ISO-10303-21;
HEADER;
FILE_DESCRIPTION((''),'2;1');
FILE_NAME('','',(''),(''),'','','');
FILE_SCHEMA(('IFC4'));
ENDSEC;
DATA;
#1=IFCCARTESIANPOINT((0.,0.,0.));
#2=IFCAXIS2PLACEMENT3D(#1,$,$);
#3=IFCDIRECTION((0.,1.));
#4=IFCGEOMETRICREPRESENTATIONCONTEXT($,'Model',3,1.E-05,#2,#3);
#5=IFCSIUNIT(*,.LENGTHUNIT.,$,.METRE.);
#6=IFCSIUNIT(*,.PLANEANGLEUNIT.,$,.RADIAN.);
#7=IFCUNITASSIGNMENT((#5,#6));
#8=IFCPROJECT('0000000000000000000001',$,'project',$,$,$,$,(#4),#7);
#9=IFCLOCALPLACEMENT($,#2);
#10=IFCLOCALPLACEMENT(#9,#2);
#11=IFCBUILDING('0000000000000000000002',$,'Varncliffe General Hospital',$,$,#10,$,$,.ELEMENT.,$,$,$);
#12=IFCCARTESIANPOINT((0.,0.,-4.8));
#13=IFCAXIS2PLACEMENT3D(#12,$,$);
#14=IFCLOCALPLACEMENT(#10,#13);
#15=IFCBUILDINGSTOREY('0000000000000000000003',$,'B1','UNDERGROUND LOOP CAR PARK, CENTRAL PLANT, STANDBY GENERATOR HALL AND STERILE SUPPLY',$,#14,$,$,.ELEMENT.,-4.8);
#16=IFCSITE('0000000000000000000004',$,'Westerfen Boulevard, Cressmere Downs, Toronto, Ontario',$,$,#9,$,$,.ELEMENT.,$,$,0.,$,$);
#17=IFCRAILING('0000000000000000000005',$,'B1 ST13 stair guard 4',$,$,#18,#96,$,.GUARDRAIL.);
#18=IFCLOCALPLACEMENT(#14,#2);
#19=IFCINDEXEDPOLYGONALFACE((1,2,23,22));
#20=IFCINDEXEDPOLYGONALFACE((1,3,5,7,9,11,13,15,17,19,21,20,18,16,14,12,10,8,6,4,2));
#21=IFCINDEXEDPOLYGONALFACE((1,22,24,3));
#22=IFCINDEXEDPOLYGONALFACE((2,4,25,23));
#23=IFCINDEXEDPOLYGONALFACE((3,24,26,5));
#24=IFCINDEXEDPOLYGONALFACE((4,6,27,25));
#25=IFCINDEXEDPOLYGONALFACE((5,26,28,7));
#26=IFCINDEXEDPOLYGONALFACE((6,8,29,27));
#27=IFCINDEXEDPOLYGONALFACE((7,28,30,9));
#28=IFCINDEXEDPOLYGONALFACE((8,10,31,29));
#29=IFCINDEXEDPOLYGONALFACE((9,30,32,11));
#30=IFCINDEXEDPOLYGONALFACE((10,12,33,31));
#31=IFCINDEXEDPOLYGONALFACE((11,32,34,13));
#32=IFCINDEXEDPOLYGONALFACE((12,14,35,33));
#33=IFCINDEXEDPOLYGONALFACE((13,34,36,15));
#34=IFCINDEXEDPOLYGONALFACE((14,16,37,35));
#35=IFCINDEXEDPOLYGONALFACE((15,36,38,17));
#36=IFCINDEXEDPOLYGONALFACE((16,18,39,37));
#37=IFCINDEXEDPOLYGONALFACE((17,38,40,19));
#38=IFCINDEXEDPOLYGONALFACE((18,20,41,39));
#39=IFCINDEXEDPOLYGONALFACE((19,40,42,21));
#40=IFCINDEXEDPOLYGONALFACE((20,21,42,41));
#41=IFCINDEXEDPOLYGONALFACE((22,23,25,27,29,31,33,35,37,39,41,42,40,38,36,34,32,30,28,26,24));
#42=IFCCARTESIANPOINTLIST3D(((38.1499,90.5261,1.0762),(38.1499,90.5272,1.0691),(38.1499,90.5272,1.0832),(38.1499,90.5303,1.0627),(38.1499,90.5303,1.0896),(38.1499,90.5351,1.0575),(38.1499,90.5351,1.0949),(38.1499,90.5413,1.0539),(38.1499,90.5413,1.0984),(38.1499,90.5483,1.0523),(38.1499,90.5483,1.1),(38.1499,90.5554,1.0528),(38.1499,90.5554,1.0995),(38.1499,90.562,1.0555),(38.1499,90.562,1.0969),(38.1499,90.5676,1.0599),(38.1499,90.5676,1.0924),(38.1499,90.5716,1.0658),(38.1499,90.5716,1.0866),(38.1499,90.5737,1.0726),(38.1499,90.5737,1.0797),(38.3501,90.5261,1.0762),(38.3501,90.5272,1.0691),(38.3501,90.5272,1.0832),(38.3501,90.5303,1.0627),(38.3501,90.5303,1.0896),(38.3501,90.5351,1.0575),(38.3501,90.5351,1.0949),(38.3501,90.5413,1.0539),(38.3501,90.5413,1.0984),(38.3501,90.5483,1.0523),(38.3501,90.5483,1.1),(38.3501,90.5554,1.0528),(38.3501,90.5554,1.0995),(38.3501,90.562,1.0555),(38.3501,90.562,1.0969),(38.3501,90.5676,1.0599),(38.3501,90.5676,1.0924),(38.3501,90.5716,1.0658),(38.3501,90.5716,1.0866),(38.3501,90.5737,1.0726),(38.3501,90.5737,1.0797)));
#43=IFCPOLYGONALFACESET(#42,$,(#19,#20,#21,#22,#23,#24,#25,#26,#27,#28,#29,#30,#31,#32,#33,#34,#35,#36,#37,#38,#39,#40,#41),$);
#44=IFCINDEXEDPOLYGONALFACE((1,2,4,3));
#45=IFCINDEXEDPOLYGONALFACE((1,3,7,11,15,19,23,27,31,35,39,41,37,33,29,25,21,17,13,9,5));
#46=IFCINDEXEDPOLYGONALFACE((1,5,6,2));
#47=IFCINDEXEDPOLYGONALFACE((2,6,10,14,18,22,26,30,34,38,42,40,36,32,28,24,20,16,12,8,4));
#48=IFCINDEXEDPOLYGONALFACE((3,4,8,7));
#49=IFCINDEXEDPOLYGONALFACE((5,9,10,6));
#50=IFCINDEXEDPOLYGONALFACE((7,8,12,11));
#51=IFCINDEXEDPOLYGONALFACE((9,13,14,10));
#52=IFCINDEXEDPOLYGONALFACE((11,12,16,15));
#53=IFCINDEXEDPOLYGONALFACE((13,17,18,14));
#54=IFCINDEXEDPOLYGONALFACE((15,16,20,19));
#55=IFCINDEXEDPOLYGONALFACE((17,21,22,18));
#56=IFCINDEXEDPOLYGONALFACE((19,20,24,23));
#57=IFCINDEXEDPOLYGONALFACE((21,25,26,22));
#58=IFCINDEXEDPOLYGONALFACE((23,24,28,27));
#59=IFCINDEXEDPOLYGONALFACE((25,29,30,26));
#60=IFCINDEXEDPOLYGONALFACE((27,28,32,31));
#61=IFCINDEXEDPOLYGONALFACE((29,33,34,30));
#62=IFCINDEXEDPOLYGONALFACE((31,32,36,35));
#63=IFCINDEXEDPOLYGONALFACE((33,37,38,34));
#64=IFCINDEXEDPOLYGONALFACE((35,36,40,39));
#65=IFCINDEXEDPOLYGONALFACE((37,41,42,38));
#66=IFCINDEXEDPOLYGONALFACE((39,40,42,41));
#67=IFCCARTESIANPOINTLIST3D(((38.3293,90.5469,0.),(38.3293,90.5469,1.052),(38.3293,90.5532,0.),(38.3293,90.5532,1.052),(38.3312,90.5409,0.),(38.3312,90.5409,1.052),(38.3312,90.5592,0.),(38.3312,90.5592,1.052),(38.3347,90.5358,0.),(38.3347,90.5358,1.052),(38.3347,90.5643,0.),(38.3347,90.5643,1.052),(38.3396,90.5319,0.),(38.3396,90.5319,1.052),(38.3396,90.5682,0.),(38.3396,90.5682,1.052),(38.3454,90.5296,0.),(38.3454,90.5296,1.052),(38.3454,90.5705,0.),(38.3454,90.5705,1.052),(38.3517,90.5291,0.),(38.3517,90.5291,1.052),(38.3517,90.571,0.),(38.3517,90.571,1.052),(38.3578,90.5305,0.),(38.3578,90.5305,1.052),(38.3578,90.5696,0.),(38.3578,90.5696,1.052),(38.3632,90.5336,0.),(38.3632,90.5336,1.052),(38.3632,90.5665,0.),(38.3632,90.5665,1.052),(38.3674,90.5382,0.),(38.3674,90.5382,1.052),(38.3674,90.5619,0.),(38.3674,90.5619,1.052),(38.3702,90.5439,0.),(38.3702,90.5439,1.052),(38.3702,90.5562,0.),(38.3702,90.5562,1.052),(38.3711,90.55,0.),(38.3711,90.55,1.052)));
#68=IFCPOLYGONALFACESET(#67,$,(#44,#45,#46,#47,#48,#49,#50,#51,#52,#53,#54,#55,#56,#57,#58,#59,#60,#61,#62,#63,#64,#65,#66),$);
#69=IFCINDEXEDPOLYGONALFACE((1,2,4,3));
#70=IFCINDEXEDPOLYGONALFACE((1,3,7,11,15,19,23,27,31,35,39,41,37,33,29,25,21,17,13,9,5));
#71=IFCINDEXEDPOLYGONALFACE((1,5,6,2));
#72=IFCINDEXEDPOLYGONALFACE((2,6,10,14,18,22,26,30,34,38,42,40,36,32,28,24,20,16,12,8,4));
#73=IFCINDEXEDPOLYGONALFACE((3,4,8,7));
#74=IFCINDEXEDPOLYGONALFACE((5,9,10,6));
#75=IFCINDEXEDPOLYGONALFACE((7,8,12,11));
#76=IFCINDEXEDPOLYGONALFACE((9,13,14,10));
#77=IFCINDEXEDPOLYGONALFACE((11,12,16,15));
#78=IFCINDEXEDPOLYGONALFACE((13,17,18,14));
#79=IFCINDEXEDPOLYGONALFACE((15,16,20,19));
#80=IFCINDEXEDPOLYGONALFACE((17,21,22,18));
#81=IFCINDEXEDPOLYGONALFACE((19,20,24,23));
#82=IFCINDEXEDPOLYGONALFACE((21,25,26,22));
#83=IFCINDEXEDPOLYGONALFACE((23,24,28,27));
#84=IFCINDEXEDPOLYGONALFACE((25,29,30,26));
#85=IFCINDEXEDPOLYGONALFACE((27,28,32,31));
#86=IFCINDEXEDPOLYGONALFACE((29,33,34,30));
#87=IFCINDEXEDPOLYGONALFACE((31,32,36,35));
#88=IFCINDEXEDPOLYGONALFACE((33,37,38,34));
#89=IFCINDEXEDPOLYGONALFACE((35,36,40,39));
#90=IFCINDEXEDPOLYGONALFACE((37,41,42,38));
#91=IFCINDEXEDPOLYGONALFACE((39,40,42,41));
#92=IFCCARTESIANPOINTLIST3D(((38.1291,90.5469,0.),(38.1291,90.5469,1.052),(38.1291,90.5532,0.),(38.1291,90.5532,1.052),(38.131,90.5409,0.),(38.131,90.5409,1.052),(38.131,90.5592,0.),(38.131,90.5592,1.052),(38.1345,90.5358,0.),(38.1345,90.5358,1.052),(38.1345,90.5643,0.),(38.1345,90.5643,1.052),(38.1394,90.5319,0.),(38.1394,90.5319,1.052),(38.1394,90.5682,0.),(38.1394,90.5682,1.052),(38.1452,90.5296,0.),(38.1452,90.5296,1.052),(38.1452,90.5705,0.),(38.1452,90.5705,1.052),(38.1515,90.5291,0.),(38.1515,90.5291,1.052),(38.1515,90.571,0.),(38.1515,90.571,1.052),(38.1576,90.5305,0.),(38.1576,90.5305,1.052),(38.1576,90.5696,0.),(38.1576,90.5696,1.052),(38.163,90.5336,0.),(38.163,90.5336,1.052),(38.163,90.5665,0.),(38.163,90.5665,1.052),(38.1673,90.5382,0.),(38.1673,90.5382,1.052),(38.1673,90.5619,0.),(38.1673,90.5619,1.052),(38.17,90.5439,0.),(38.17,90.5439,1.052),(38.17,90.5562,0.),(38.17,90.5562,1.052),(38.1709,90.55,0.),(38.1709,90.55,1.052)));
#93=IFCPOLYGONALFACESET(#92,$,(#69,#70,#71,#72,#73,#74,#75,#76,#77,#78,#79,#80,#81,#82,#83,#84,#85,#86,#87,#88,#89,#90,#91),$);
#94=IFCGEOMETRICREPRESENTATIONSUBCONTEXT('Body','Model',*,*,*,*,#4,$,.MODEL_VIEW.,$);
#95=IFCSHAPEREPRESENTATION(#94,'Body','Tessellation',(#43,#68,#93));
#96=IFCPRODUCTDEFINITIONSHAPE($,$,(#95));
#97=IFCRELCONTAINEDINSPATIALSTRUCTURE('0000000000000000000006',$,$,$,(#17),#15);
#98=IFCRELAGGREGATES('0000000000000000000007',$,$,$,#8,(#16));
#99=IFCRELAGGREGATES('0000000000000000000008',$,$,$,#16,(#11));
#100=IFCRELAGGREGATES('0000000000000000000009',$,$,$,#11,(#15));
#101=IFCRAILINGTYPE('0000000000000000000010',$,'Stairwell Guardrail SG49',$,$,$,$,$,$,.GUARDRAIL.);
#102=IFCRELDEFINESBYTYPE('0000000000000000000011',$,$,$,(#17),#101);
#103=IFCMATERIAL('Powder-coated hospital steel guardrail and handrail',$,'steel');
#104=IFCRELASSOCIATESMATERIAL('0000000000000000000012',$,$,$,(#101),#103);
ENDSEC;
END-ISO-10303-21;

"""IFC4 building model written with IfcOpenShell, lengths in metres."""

from ifc_helpers import new_model, si_unit, direction, frame, origin, origin_2d, place, context, subcontext, project, spatial, circle, extrude, material, type_object, element, save


model = new_model("IFC4")

# Units and contexts
model_context = context("Model", 3, precision=1e-05, world=origin(), true_north=direction((0.0, 1.0)))
body_context = subcontext(model_context, "Body", "Model", "MODEL_VIEW")
ifc_project = project(units=[si_unit("LENGTHUNIT", "METRE"), si_unit("PLANEANGLEUNIT", "RADIAN")], contexts=[model_context])

# Site, building, storey
site_placement = place(None, origin())
site = spatial("IfcSite", under=ifc_project, at=site_placement, Name="Westerfen Boulevard, Cressmere Downs, Toronto, Ontario", CompositionType="ELEMENT", RefElevation=0.0)
building_placement = place(site_placement, origin())
building = spatial("IfcBuilding", under=site, at=building_placement, Name="Varncliffe General Hospital", CompositionType="ELEMENT")
storey_placement = place(building_placement, frame((0.0, 0.0, -4.8)))
storey = spatial("IfcBuildingStorey", under=building, at=storey_placement, Name="B1", Description="UNDERGROUND LOOP CAR PARK, CENTRAL PLANT, STANDBY GENERATOR HALL AND STERILE SUPPLY", CompositionType="ELEMENT", Elevation=-4.8)

# Railing
ifc_material_1 = material(Name="Powder-coated hospital steel guardrail and handrail", Category="steel")
railing_type_1 = type_object("IfcRailingType", Name="Stairwell Guardrail SG49", PredefinedType="GUARDRAIL", material=ifc_material_1)
railing_1_placement = place(storey_placement, frame((38.3501, 90.55, 0.0)))
element("IfcRailing", 1, at=railing_1_placement, inside=storey, type_object=railing_type_1, Name="B1 ST13 stair guard 4", PredefinedType="GUARDRAIL", context=body_context, shape_type="SweptSolid", body=[
    extrude(circle(Radius=0.0239, at=origin_2d()), frame((0.0, 0.0, 1.0762), z_axis=(-1.0, 0.0, 0.0), x_axis=(0.0, -1.0, 0.0)), (0.0, 0.0, 1.0), 0.2002),
    extrude(circle(Radius=0.021, at=origin_2d()), origin(), (0.0, 0.0, 1.0), 1.052),
    extrude(circle(Radius=0.021, at=origin_2d()), frame((-0.2002, 0.0, 0.0)), (0.0, 0.0, 1.0), 1.052),
])

save(model, "model.ifc")
